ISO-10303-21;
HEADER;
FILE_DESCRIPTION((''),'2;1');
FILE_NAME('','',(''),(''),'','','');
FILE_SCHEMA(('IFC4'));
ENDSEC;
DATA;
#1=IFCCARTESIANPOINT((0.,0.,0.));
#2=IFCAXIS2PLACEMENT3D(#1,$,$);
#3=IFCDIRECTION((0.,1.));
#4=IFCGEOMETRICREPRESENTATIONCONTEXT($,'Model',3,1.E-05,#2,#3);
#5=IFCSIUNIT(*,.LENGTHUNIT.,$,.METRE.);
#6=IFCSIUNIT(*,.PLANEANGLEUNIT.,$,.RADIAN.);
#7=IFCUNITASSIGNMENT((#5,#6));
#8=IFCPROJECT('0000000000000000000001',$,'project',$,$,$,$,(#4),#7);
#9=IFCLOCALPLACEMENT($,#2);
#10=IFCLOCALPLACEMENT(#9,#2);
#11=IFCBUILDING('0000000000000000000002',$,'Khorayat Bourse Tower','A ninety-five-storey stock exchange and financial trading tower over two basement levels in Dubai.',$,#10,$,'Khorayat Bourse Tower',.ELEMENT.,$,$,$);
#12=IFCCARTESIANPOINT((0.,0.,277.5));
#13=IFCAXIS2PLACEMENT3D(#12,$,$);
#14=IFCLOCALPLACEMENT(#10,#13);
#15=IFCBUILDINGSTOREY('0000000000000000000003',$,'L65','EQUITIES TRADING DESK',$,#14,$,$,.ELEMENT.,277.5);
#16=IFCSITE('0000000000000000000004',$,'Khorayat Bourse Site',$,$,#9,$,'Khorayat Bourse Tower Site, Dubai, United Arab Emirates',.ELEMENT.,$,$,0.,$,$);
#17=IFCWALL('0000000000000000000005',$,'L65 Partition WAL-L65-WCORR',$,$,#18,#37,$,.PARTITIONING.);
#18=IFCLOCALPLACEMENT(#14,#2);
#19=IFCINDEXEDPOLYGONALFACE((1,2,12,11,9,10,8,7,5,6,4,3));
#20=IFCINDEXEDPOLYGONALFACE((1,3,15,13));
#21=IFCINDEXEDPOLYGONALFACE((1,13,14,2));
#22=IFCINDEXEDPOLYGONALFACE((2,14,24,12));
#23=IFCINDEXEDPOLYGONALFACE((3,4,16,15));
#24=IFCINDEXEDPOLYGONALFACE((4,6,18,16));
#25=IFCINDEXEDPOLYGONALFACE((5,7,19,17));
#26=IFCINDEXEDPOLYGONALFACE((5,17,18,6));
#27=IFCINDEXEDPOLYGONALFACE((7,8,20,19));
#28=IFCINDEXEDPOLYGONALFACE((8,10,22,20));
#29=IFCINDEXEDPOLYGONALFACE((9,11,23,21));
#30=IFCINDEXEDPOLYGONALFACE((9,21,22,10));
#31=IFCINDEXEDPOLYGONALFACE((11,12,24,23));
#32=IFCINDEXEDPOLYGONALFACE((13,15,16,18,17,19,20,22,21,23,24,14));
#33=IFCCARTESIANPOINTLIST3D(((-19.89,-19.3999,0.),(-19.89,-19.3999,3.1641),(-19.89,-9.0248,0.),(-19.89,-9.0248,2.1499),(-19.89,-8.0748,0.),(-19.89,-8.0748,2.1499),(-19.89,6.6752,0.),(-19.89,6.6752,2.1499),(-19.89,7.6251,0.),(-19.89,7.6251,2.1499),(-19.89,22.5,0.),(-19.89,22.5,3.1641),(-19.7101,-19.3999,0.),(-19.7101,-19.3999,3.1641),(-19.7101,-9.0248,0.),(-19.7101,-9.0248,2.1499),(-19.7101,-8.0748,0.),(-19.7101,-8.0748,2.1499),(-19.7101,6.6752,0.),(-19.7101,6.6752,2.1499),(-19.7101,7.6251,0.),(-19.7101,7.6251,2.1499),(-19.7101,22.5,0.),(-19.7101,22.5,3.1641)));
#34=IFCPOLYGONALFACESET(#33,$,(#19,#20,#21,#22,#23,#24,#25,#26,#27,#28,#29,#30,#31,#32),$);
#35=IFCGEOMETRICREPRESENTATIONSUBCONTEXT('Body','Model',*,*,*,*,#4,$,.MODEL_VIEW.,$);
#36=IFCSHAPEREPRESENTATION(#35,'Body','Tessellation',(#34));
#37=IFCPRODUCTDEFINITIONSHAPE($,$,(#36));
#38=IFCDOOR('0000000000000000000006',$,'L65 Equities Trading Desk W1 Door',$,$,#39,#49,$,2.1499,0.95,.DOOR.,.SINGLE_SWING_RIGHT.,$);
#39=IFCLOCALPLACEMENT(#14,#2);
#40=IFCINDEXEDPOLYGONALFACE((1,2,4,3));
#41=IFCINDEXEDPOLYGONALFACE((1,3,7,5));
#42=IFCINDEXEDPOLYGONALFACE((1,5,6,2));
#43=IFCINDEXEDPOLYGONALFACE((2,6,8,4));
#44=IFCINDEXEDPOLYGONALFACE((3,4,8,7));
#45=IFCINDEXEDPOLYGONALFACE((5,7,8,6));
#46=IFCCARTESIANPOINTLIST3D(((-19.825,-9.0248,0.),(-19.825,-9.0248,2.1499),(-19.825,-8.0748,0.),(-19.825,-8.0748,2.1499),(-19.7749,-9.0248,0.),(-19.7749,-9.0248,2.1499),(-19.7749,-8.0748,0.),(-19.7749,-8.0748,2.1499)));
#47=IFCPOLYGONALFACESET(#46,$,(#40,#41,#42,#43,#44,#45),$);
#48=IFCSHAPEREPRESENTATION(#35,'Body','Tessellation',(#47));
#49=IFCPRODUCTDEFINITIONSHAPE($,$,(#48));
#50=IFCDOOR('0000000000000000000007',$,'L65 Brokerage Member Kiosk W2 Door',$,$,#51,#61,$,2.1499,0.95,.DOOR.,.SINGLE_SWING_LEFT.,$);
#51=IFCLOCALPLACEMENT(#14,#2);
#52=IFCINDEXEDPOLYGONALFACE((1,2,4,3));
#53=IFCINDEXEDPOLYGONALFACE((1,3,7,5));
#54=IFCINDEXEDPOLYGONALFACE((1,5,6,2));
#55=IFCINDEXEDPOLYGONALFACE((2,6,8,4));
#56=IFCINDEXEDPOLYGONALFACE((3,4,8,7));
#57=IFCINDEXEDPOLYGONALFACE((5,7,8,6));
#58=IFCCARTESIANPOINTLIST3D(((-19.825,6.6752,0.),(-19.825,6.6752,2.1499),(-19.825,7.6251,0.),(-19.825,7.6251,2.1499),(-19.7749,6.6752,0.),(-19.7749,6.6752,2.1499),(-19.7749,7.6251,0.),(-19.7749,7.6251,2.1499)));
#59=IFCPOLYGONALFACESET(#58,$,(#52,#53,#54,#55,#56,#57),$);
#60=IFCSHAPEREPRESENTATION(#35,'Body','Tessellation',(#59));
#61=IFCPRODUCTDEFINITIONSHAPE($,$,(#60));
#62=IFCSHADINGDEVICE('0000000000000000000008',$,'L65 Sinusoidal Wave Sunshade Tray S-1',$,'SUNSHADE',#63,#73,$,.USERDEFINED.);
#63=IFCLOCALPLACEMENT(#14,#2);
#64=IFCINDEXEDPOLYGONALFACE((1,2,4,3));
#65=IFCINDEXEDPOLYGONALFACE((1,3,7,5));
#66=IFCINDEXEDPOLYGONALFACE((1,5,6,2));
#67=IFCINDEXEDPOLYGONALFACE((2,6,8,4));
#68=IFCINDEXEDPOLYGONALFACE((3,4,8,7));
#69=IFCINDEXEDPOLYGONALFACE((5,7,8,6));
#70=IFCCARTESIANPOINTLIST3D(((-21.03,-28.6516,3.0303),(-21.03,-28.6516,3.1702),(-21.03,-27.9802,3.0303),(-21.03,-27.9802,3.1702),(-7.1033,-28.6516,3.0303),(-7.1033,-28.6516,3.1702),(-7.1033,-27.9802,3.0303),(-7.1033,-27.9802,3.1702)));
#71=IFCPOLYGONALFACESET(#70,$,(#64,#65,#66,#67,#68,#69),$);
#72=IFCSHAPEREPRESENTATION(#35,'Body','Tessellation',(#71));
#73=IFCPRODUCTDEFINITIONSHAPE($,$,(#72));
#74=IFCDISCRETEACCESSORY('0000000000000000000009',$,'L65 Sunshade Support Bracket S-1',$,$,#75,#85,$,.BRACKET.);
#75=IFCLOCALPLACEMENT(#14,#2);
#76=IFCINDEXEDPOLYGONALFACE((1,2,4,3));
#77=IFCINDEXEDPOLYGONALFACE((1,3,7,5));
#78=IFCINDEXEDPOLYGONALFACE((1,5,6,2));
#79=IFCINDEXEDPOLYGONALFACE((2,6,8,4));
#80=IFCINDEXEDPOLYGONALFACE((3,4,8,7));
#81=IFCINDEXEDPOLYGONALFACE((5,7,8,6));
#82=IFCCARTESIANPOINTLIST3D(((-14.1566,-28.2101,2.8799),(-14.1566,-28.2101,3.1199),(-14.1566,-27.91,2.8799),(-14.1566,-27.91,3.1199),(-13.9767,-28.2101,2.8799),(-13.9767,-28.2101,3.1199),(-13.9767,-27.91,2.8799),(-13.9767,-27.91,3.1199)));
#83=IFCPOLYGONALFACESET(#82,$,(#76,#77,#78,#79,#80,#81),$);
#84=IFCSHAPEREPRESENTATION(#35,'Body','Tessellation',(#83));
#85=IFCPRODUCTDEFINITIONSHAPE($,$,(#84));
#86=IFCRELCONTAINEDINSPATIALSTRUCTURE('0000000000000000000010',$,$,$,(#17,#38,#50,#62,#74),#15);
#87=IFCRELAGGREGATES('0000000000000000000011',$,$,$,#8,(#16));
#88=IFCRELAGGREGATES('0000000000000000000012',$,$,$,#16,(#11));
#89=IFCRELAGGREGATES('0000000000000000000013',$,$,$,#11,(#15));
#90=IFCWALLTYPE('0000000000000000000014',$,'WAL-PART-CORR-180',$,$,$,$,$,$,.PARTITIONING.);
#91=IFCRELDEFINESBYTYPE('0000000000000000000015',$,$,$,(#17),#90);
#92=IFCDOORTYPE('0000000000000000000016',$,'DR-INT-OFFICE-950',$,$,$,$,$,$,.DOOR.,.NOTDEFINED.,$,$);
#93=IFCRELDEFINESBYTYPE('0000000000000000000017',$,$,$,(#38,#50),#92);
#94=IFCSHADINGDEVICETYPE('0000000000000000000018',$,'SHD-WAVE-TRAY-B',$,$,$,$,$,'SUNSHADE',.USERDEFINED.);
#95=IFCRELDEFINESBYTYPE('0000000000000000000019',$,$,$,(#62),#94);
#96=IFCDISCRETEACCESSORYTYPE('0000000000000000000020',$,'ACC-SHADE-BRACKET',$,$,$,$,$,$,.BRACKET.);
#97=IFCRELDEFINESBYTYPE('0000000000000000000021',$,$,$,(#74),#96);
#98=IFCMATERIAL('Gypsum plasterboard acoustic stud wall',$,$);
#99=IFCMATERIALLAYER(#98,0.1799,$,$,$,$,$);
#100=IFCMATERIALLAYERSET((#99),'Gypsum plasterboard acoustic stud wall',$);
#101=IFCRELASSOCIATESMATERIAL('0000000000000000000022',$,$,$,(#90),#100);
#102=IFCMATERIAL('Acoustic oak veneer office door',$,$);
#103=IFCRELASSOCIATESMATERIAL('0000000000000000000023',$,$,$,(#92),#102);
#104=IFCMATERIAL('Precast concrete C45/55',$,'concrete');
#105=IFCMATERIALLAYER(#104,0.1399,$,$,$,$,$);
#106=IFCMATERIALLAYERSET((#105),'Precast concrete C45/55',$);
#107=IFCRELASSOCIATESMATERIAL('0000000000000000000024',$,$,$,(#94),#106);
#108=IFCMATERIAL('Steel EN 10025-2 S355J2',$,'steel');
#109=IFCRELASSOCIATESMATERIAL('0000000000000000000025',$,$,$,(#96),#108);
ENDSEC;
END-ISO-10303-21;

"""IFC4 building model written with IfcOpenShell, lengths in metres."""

from ifc_helpers import new_model, si_unit, direction, frame, frame_2d, origin, origin_2d, place, context, subcontext, project, spatial, rectangle, extrude, source, transform, mapped, material, layer, layer_set, type_object, element, fill, save


model = new_model("IFC4")

# Units and contexts
model_context = context("Model", 3, precision=1e-05, world=origin(), true_north=direction((0.0, 1.0)))
body_context = subcontext(model_context, "Body", "Model", "MODEL_VIEW")
ifc_project = project(units=[si_unit("LENGTHUNIT", "METRE"), si_unit("PLANEANGLEUNIT", "RADIAN")], contexts=[model_context])

# Site, building, storey
site_placement = place(None, origin())
site = spatial("IfcSite", under=ifc_project, at=site_placement, Name="Khorayat Bourse Site", LongName="Khorayat Bourse Tower Site, Dubai, United Arab Emirates", CompositionType="ELEMENT", RefElevation=0.0)
building_placement = place(site_placement, origin())
building = spatial("IfcBuilding", under=site, at=building_placement, Name="Khorayat Bourse Tower", Description="A ninety-five-storey stock exchange and financial trading tower over two basement levels in Dubai.", LongName="Khorayat Bourse Tower", CompositionType="ELEMENT")
storey_placement = place(building_placement, frame((0.0, 0.0, 277.5)))
storey = spatial("IfcBuildingStorey", under=building, at=storey_placement, Name="L65", Description="EQUITIES TRADING DESK", CompositionType="ELEMENT", Elevation=277.5)

# Shared definitions
ifc_material_1 = material(Name="Gypsum plasterboard acoustic stud wall")
ifc_layer_1 = layer(ifc_material_1, 0.1799)
ifc_layer_set_1 = layer_set([ifc_layer_1], Name="Gypsum plasterboard acoustic stud wall")
wall_type_1 = type_object("IfcWallType", Name="WAL-PART-CORR-180", PredefinedType="PARTITIONING", material=ifc_layer_set_1)
ifc_material_2 = material(Name="Acoustic oak veneer office door")
door_type_1 = type_object("IfcDoorType", Name="DR-INT-OFFICE-950", OperationType="NOTDEFINED", PredefinedType="DOOR", material=ifc_material_2)
shared_shape_1 = source(origin(), body_context, "Body", "SweptSolid", [
    extrude(rectangle(XDim=0.95, YDim=2.1499, at=frame_2d((0.4751, 1.075))), frame((0.0, 0.0249, 0.0), z_axis=(0.0, -1.0, 0.0), x_axis=(1.0, 0.0, 0.0)), (0.0, 0.0, 1.0), 0.05),
])

# Wall, openings, doors
shared_shape_2 = source(origin(), body_context, "Body", "SweptSolid", [
    extrude(rectangle(XDim=41.8999, YDim=0.1799, at=frame_2d((20.95, 0.0))), origin(), (0.0, 0.0, 1.0), 3.1641),
])
wall_1_placement = place(storey_placement, frame((-19.8, -19.3999, 0.0), z_axis=(0.0, 0.0, 1.0), x_axis=(0.0, 1.0, 0.0)))
wall_1 = element("IfcWall", 1, at=wall_1_placement, inside=storey, type_object=wall_type_1, Name="L65 Partition WAL-L65-WCORR", PredefinedType="PARTITIONING", context=body_context, shape_type="MappedRepresentation", body=[
    mapped(shared_shape_2, transform((0.0, 0.0, 0.0), scale=1.0)),
])
shared_shape_3 = source(origin(), body_context, "Body", "SweptSolid", [
    extrude(rectangle(XDim=0.95, YDim=2.1499, at=frame_2d((0.4751, 1.075))), frame((0.0, 0.0999, 0.0), z_axis=(0.0, -1.0, 0.0), x_axis=(1.0, 0.0, 0.0)), (0.0, 0.0, 1.0), 0.2),
])
opening_1_placement = place(wall_1_placement, frame((10.375, 0.0, 0.0)))
opening_1 = element("IfcOpeningElement", 2, at=opening_1_placement, cuts=wall_1, PredefinedType="OPENING", context=body_context, shape_type="MappedRepresentation", body=[
    mapped(shared_shape_3, transform((0.0, 0.0, 0.0), scale=1.0)),
])
opening_2_placement = place(wall_1_placement, frame((26.075, 0.0, 0.0)))
opening_2 = element("IfcOpeningElement", 3, at=opening_2_placement, cuts=wall_1, PredefinedType="OPENING", context=body_context, shape_type="MappedRepresentation", body=[
    mapped(shared_shape_3, transform((0.0, 0.0, 0.0), scale=1.0)),
])
door_1_placement = place(opening_1_placement, origin())
door_1 = element("IfcDoor", 4, at=door_1_placement, inside=storey, type_object=door_type_1, Name="L65 Equities Trading Desk W1 Door", OperationType="SINGLE_SWING_RIGHT", OverallHeight=2.1499, OverallWidth=0.95, PredefinedType="DOOR", context=body_context, shape_type="MappedRepresentation", body=[
    mapped(shared_shape_1, transform((0.0, 0.0, 0.0), scale=1.0)),
])
fill(opening_1, door_1)
door_2_placement = place(opening_2_placement, origin())
door_2 = element("IfcDoor", 5, at=door_2_placement, inside=storey, type_object=door_type_1, Name="L65 Brokerage Member Kiosk W2 Door", OperationType="SINGLE_SWING_LEFT", OverallHeight=2.1499, OverallWidth=0.95, PredefinedType="DOOR", context=body_context, shape_type="MappedRepresentation", body=[
    mapped(shared_shape_1, transform((0.0, 0.0, 0.0), scale=1.0)),
])
fill(opening_2, door_2)

# Shading device
ifc_material_3 = material(Name="Precast concrete C45/55", Category="concrete")
ifc_layer_2 = layer(ifc_material_3, 0.1399)
ifc_layer_set_2 = layer_set([ifc_layer_2], Name="Precast concrete C45/55")
shading_device_type = type_object("IfcShadingDeviceType", Name="SHD-WAVE-TRAY-B", ElementType="SUNSHADE", PredefinedType="USERDEFINED", material=ifc_layer_set_2)
shared_shape_4 = source(origin(), body_context, "Body", "SweptSolid", [
    extrude(rectangle(XDim=13.9268, YDim=0.6714, at=origin_2d()), origin(), (0.0, 0.0, 1.0), 0.1399),
])
shading_device_placement = place(storey_placement, frame((-14.0667, -28.3159, 3.0303), z_axis=(0.0, 0.0, 1.0), x_axis=(1.0, 0.0, 0.0)))
element("IfcShadingDevice", 6, at=shading_device_placement, inside=storey, type_object=shading_device_type, Name="L65 Sinusoidal Wave Sunshade Tray S-1", ObjectType="SUNSHADE", PredefinedType="USERDEFINED", context=body_context, shape_type="MappedRepresentation", body=[
    mapped(shared_shape_4, transform((0.0, 0.0, 0.0), scale=1.0)),
])

# Discrete accessory
ifc_material_4 = material(Name="Steel EN 10025-2 S355J2", Category="steel")
discrete_accessory_type = type_object("IfcDiscreteAccessoryType", Name="ACC-SHADE-BRACKET", PredefinedType="BRACKET", material=ifc_material_4)
shared_shape_5 = source(origin(), body_context, "Body", "SweptSolid", [
    extrude(rectangle(XDim=0.1799, YDim=0.3, at=origin_2d()), origin(), (0.0, 0.0, 1.0), 0.24),
])
discrete_accessory_placement = place(storey_placement, frame((-14.0667, -28.0601, 2.8799), z_axis=(0.0, 0.0, 1.0), x_axis=(1.0, 0.0, 0.0)))
element("IfcDiscreteAccessory", 7, at=discrete_accessory_placement, inside=storey, type_object=discrete_accessory_type, Name="L65 Sunshade Support Bracket S-1", PredefinedType="BRACKET", context=body_context, shape_type="MappedRepresentation", body=[
    mapped(shared_shape_5, transform((0.0, 0.0, 0.0), scale=1.0)),
])

save(model, "model.ifc")
